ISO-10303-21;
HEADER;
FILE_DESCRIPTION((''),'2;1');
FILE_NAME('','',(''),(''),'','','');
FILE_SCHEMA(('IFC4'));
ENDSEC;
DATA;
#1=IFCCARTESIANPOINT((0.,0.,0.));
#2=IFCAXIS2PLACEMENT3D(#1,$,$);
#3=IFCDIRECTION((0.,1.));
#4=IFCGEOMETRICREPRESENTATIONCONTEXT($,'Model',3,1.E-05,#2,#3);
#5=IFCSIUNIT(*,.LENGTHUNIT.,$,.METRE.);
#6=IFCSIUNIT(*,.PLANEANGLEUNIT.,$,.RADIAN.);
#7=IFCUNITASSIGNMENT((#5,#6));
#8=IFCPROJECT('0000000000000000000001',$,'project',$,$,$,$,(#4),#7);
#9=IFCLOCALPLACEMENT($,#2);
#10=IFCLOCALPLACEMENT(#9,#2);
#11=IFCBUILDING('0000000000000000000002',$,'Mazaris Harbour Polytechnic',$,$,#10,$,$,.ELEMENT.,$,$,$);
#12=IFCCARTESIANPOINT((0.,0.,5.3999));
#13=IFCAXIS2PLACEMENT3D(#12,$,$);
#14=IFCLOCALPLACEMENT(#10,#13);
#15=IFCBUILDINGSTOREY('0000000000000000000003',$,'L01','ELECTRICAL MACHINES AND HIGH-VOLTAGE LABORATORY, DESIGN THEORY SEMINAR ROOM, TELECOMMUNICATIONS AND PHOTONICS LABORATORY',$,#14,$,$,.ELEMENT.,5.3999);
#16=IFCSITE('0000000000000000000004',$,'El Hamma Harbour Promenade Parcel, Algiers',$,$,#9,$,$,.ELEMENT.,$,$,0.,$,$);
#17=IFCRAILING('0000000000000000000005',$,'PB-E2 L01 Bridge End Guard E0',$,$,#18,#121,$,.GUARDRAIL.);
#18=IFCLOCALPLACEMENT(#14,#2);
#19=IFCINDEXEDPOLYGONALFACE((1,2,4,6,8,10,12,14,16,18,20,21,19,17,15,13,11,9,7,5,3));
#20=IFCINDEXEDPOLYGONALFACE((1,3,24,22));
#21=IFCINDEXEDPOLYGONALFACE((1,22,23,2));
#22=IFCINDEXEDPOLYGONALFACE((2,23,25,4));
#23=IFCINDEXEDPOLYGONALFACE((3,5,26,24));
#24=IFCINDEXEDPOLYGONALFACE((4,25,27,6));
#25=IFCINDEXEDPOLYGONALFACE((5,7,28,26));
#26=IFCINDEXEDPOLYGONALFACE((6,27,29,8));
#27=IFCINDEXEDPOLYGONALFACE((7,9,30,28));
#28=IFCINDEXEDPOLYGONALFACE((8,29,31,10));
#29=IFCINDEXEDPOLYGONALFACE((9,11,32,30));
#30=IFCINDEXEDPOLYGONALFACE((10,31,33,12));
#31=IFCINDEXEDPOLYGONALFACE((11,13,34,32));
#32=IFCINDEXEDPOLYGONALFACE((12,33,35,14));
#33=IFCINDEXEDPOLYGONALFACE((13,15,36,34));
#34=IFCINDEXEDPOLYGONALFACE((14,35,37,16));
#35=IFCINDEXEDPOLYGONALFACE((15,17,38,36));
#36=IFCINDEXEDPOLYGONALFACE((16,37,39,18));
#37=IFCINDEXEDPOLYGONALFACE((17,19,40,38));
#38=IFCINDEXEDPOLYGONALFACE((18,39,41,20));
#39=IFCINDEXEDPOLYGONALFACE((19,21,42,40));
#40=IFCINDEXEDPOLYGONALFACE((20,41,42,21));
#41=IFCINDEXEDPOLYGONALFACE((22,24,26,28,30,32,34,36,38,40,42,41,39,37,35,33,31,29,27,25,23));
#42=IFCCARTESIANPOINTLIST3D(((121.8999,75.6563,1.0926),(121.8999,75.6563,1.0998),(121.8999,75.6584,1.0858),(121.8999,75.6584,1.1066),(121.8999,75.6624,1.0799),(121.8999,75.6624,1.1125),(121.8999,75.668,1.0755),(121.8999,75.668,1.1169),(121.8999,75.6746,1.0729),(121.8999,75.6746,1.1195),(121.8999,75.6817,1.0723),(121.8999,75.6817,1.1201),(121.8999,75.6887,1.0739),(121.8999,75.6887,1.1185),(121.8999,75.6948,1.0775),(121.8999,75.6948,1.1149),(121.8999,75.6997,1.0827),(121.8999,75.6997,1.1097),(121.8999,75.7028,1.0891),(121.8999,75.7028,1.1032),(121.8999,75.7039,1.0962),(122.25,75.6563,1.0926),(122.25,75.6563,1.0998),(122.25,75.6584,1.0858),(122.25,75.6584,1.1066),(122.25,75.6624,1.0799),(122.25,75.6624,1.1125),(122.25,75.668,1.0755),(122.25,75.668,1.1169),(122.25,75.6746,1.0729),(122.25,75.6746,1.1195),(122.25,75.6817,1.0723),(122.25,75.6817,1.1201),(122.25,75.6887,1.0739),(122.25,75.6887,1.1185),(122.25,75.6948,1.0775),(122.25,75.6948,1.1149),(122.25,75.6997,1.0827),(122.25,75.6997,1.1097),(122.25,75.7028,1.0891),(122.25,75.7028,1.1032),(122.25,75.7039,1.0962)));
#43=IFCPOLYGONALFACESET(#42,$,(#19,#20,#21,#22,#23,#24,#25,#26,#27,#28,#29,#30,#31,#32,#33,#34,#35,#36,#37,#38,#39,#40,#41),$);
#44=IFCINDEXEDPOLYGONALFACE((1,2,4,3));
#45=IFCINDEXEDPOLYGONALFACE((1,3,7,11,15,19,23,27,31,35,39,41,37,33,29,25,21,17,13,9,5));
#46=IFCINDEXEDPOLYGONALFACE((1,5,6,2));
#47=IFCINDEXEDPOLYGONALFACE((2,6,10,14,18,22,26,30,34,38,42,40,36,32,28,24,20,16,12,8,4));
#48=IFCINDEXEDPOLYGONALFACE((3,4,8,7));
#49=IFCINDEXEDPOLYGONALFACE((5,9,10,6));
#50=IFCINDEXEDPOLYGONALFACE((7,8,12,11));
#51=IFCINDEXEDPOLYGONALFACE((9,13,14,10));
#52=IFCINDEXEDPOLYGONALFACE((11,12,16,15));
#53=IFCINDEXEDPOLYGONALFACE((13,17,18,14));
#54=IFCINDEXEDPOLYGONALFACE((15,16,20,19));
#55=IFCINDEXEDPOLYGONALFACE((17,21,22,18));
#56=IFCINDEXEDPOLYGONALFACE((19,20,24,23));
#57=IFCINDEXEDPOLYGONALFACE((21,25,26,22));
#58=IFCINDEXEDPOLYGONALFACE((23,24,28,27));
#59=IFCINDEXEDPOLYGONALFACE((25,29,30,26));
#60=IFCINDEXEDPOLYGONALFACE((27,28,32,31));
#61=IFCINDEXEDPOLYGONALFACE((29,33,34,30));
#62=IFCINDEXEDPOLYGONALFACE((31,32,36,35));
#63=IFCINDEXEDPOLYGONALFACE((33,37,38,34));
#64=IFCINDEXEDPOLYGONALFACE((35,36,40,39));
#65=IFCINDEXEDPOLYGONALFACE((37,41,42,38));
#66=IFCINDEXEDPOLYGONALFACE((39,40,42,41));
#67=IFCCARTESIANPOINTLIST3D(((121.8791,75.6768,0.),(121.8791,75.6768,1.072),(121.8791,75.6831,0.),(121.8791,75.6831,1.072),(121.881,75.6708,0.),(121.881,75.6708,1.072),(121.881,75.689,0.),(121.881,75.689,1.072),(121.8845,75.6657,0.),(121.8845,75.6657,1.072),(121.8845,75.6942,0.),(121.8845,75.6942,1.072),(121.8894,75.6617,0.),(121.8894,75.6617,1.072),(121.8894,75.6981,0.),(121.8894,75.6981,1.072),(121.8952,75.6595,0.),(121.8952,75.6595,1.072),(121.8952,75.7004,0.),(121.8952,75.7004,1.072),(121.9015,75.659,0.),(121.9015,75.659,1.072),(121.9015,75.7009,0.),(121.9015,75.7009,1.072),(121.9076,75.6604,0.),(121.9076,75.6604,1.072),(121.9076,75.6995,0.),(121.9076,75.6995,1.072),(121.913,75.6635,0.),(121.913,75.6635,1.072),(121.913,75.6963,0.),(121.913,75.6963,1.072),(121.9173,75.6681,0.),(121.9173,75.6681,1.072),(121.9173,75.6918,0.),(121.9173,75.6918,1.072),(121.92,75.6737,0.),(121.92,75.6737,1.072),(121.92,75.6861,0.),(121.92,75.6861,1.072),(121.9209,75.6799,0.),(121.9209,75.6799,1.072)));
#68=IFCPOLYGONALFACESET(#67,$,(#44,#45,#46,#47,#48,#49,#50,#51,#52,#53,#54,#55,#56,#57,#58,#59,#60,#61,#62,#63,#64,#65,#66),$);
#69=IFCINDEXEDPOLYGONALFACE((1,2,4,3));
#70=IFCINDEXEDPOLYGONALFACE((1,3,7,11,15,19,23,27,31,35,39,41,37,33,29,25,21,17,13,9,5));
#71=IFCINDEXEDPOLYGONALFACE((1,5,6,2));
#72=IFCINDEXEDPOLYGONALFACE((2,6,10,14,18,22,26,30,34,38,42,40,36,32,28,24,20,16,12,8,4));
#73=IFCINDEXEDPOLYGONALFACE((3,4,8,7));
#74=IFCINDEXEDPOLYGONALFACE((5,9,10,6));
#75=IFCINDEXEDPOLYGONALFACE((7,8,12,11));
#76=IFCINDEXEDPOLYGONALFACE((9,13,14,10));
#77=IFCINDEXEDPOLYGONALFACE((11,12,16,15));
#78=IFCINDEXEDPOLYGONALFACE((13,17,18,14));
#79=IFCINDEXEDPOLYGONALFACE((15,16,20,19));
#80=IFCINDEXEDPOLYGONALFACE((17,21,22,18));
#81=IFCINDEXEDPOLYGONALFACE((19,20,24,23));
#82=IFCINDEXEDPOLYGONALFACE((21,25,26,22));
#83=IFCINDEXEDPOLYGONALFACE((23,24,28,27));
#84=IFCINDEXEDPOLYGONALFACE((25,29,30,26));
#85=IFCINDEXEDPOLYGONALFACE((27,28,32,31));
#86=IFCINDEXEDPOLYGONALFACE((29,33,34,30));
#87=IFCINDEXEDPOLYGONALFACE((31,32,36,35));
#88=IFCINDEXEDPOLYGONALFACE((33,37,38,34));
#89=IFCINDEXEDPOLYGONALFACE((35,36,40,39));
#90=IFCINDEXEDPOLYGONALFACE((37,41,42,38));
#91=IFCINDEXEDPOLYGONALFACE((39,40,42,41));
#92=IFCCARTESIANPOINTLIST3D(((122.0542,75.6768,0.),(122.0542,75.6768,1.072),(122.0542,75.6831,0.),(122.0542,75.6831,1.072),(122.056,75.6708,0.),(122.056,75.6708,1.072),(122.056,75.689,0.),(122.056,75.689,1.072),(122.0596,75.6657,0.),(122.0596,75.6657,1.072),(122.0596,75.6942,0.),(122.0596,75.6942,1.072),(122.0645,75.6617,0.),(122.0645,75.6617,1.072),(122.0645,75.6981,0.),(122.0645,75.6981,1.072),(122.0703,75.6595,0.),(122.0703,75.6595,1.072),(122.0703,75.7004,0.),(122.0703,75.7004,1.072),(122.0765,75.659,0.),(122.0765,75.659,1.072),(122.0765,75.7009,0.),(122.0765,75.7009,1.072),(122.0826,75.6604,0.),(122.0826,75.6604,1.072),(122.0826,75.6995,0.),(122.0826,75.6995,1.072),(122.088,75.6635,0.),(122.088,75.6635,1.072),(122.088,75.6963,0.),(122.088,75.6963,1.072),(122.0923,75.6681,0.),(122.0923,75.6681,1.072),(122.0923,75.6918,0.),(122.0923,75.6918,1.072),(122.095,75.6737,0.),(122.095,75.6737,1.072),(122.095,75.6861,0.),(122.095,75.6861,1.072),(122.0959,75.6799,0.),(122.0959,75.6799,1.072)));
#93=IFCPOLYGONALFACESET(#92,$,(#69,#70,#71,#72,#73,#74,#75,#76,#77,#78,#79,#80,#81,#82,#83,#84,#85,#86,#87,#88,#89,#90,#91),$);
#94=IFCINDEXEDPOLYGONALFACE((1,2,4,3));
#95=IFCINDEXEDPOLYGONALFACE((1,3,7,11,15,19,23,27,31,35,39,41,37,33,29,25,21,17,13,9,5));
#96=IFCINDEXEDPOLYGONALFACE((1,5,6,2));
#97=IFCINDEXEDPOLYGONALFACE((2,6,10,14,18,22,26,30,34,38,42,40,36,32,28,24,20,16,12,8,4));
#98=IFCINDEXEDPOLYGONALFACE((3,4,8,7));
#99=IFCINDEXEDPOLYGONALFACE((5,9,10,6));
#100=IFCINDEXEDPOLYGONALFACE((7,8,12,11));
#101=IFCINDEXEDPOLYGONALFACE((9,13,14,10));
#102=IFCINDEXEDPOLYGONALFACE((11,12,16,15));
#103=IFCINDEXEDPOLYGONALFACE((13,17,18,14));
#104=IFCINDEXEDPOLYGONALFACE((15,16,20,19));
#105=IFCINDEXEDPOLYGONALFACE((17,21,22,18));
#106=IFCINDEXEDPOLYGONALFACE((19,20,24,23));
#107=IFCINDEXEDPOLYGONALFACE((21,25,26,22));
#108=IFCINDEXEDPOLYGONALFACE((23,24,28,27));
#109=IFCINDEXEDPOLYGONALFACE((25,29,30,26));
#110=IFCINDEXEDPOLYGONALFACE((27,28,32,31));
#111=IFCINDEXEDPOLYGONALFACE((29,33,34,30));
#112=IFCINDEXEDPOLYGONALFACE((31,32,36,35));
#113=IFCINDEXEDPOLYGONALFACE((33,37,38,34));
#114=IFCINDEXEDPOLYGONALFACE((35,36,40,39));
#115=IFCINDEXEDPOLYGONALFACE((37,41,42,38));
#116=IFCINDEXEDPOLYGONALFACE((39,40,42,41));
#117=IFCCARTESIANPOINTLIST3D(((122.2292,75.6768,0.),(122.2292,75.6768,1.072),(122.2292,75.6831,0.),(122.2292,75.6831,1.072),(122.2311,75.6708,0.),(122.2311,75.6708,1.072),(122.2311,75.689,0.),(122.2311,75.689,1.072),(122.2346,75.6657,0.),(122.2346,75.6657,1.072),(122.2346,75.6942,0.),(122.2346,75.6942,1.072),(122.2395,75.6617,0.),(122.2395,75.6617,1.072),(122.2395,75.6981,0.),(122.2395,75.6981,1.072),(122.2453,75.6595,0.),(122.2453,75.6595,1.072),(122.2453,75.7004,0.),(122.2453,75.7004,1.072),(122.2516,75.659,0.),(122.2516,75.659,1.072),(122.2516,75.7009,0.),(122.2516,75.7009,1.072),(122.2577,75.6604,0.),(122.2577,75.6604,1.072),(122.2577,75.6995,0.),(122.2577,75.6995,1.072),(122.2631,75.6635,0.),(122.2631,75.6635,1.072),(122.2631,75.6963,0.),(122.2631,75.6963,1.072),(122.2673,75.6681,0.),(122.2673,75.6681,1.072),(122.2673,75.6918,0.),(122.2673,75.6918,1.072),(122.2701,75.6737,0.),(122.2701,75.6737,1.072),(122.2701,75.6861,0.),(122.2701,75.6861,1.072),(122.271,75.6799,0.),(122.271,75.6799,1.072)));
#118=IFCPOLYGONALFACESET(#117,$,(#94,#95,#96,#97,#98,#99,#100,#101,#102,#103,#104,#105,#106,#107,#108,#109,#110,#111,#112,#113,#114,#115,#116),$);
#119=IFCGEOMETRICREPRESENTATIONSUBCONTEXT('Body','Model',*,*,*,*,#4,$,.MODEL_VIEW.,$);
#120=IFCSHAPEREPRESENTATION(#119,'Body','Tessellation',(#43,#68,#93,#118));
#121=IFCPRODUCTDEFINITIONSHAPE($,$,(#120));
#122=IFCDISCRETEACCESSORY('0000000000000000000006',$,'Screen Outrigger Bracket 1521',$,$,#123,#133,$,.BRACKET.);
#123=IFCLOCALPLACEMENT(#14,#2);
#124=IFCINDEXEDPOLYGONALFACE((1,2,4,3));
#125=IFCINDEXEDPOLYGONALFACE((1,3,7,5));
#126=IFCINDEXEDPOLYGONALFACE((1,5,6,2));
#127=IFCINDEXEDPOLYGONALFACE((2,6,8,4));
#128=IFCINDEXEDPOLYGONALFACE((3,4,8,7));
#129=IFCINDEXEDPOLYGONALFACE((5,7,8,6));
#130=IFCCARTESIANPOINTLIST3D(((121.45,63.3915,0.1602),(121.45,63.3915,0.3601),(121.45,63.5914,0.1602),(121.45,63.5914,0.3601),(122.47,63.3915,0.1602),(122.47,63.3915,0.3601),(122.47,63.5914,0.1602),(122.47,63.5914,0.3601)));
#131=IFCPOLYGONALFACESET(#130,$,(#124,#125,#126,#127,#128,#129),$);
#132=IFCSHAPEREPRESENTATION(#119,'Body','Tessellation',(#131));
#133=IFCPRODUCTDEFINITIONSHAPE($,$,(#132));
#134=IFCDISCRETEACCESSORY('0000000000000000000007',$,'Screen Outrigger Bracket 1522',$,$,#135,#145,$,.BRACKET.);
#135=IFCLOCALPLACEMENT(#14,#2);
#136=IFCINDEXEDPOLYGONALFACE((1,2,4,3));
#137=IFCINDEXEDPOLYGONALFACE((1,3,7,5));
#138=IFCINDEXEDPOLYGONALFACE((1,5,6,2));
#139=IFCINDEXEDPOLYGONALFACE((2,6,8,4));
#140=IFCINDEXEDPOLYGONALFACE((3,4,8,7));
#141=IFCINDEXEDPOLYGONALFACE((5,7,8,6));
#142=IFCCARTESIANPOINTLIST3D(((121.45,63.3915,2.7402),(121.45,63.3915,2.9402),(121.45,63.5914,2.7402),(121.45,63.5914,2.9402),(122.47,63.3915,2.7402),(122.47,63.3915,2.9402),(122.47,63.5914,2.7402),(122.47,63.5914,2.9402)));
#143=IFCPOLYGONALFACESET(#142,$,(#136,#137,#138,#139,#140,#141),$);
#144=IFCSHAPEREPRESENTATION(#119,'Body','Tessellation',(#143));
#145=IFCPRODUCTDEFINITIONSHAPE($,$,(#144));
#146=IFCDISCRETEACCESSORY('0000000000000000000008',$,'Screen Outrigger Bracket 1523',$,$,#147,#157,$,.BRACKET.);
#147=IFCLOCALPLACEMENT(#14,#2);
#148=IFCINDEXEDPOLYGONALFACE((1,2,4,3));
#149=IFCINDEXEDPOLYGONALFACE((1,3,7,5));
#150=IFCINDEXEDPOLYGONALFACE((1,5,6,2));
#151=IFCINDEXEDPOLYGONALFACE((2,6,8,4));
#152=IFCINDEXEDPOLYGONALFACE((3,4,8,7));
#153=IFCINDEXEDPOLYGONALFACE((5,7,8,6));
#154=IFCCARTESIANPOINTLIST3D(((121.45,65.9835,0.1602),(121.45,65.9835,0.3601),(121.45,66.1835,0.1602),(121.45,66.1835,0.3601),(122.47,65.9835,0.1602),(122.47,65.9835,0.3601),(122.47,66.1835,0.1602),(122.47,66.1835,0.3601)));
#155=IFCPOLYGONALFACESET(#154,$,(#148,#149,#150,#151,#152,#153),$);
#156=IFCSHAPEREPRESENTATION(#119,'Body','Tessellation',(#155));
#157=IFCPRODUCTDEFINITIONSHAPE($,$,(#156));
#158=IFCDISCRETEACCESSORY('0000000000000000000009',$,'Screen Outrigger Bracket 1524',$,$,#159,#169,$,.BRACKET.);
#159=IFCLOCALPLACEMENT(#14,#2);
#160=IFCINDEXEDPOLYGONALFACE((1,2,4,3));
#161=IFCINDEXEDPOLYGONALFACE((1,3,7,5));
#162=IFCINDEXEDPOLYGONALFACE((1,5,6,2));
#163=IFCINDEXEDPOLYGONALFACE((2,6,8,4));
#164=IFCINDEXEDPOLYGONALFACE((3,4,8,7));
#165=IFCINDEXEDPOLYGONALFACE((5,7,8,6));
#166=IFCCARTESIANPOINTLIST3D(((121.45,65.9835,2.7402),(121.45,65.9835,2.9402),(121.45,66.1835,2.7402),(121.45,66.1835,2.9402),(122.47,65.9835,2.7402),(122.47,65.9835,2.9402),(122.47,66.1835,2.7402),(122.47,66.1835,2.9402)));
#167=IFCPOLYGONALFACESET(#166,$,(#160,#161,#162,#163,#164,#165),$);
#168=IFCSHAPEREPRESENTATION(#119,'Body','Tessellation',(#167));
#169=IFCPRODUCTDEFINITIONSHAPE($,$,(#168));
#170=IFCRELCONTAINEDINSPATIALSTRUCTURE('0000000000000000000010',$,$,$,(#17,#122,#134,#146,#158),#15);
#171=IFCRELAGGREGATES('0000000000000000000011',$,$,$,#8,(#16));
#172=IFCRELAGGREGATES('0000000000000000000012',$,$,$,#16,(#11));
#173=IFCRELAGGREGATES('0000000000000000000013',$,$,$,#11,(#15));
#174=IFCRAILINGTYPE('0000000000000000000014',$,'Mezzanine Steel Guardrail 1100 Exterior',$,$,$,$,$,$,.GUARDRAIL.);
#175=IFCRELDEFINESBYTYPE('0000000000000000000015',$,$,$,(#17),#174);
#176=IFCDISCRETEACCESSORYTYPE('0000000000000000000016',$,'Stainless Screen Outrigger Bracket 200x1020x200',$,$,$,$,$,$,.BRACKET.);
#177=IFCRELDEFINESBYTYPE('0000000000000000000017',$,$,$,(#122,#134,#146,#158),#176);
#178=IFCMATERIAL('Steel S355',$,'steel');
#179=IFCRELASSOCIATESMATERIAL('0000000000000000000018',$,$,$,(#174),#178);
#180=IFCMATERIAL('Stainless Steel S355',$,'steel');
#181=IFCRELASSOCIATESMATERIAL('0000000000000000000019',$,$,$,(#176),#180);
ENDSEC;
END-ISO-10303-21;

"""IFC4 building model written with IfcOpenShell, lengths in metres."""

from ifc_helpers import new_model, si_unit, direction, frame, origin, origin_2d, place, context, subcontext, project, spatial, rectangle, circle, extrude, material, type_object, element, save


model = new_model("IFC4")

# Units and contexts
model_context = context("Model", 3, precision=1e-05, world=origin(), true_north=direction((0.0, 1.0)))
body_context = subcontext(model_context, "Body", "Model", "MODEL_VIEW")
ifc_project = project(units=[si_unit("LENGTHUNIT", "METRE"), si_unit("PLANEANGLEUNIT", "RADIAN")], contexts=[model_context])

# Site, building, storey
site_placement = place(None, origin())
site = spatial("IfcSite", under=ifc_project, at=site_placement, Name="El Hamma Harbour Promenade Parcel, Algiers", CompositionType="ELEMENT", RefElevation=0.0)
building_placement = place(site_placement, origin())
building = spatial("IfcBuilding", under=site, at=building_placement, Name="Mazaris Harbour Polytechnic", CompositionType="ELEMENT")
storey_placement = place(building_placement, frame((0.0, 0.0, 5.3999)))
storey = spatial("IfcBuildingStorey", under=building, at=storey_placement, Name="L01", Description="ELECTRICAL MACHINES AND HIGH-VOLTAGE LABORATORY, DESIGN THEORY SEMINAR ROOM, TELECOMMUNICATIONS AND PHOTONICS LABORATORY", CompositionType="ELEMENT", Elevation=5.3999)

# Railing
ifc_material_1 = material(Name="Steel S355", Category="steel")
railing_type_1 = type_object("IfcRailingType", Name="Mezzanine Steel Guardrail 1100 Exterior", PredefinedType="GUARDRAIL", material=ifc_material_1)
railing_placement = place(storey_placement, frame((121.8999, 75.6799, 0.0)))
element("IfcRailing", 1, at=railing_placement, inside=storey, type_object=railing_type_1, Name="PB-E2 L01 Bridge End Guard E0", PredefinedType="GUARDRAIL", context=body_context, shape_type="SweptSolid", body=[
    extrude(circle(Radius=0.0239, at=origin_2d()), frame((0.0, 0.0, 1.0962), z_axis=(1.0, 0.0, 0.0), x_axis=(0.0, 1.0, 0.0)), (0.0, 0.0, 1.0), 0.3501),
    extrude(circle(Radius=0.021, at=origin_2d()), origin(), (0.0, 0.0, 1.0), 1.072),
    extrude(circle(Radius=0.021, at=origin_2d()), frame((0.175, 0.0, 0.0)), (0.0, 0.0, 1.0), 1.072),
    extrude(circle(Radius=0.021, at=origin_2d()), frame((0.3501, 0.0, 0.0)), (0.0, 0.0, 1.0), 1.072),
])

# Discrete accessories
ifc_material_2 = material(Name="Stainless Steel S355", Category="steel")
discrete_accessory_type = type_object("IfcDiscreteAccessoryType", Name="Stainless Screen Outrigger Bracket 200x1020x200", PredefinedType="BRACKET", material=ifc_material_2)
for number, where, z_axis, x_axis, name in (
    (2, (121.96, 63.4915, 0.1602), (0.0, 0.0, 1.0), (0.0, 1.0, 0.0), "Screen Outrigger Bracket 1521"),
    (3, (121.96, 63.4915, 2.7402), (0.0, 0.0, 1.0), (0.0, 1.0, 0.0), "Screen Outrigger Bracket 1522"),
    (4, (121.96, 66.0835, 0.1602), (0.0, 0.0, 1.0), (0.0, 1.0, 0.0), "Screen Outrigger Bracket 1523"),
    (5, (121.96, 66.0835, 2.7402), (0.0, 0.0, 1.0), (0.0, 1.0, 0.0), "Screen Outrigger Bracket 1524"),
):
    element("IfcDiscreteAccessory", number, at=place(storey_placement, frame(where, z_axis=z_axis, x_axis=x_axis)), inside=storey, type_object=discrete_accessory_type, Name=name, PredefinedType="BRACKET", context=body_context, shape_type="SweptSolid", body=[
        extrude(rectangle(XDim=0.2, YDim=1.02, at=origin_2d()), origin(), (0.0, 0.0, 1.0), 0.2),
    ])

save(model, "model.ifc")
